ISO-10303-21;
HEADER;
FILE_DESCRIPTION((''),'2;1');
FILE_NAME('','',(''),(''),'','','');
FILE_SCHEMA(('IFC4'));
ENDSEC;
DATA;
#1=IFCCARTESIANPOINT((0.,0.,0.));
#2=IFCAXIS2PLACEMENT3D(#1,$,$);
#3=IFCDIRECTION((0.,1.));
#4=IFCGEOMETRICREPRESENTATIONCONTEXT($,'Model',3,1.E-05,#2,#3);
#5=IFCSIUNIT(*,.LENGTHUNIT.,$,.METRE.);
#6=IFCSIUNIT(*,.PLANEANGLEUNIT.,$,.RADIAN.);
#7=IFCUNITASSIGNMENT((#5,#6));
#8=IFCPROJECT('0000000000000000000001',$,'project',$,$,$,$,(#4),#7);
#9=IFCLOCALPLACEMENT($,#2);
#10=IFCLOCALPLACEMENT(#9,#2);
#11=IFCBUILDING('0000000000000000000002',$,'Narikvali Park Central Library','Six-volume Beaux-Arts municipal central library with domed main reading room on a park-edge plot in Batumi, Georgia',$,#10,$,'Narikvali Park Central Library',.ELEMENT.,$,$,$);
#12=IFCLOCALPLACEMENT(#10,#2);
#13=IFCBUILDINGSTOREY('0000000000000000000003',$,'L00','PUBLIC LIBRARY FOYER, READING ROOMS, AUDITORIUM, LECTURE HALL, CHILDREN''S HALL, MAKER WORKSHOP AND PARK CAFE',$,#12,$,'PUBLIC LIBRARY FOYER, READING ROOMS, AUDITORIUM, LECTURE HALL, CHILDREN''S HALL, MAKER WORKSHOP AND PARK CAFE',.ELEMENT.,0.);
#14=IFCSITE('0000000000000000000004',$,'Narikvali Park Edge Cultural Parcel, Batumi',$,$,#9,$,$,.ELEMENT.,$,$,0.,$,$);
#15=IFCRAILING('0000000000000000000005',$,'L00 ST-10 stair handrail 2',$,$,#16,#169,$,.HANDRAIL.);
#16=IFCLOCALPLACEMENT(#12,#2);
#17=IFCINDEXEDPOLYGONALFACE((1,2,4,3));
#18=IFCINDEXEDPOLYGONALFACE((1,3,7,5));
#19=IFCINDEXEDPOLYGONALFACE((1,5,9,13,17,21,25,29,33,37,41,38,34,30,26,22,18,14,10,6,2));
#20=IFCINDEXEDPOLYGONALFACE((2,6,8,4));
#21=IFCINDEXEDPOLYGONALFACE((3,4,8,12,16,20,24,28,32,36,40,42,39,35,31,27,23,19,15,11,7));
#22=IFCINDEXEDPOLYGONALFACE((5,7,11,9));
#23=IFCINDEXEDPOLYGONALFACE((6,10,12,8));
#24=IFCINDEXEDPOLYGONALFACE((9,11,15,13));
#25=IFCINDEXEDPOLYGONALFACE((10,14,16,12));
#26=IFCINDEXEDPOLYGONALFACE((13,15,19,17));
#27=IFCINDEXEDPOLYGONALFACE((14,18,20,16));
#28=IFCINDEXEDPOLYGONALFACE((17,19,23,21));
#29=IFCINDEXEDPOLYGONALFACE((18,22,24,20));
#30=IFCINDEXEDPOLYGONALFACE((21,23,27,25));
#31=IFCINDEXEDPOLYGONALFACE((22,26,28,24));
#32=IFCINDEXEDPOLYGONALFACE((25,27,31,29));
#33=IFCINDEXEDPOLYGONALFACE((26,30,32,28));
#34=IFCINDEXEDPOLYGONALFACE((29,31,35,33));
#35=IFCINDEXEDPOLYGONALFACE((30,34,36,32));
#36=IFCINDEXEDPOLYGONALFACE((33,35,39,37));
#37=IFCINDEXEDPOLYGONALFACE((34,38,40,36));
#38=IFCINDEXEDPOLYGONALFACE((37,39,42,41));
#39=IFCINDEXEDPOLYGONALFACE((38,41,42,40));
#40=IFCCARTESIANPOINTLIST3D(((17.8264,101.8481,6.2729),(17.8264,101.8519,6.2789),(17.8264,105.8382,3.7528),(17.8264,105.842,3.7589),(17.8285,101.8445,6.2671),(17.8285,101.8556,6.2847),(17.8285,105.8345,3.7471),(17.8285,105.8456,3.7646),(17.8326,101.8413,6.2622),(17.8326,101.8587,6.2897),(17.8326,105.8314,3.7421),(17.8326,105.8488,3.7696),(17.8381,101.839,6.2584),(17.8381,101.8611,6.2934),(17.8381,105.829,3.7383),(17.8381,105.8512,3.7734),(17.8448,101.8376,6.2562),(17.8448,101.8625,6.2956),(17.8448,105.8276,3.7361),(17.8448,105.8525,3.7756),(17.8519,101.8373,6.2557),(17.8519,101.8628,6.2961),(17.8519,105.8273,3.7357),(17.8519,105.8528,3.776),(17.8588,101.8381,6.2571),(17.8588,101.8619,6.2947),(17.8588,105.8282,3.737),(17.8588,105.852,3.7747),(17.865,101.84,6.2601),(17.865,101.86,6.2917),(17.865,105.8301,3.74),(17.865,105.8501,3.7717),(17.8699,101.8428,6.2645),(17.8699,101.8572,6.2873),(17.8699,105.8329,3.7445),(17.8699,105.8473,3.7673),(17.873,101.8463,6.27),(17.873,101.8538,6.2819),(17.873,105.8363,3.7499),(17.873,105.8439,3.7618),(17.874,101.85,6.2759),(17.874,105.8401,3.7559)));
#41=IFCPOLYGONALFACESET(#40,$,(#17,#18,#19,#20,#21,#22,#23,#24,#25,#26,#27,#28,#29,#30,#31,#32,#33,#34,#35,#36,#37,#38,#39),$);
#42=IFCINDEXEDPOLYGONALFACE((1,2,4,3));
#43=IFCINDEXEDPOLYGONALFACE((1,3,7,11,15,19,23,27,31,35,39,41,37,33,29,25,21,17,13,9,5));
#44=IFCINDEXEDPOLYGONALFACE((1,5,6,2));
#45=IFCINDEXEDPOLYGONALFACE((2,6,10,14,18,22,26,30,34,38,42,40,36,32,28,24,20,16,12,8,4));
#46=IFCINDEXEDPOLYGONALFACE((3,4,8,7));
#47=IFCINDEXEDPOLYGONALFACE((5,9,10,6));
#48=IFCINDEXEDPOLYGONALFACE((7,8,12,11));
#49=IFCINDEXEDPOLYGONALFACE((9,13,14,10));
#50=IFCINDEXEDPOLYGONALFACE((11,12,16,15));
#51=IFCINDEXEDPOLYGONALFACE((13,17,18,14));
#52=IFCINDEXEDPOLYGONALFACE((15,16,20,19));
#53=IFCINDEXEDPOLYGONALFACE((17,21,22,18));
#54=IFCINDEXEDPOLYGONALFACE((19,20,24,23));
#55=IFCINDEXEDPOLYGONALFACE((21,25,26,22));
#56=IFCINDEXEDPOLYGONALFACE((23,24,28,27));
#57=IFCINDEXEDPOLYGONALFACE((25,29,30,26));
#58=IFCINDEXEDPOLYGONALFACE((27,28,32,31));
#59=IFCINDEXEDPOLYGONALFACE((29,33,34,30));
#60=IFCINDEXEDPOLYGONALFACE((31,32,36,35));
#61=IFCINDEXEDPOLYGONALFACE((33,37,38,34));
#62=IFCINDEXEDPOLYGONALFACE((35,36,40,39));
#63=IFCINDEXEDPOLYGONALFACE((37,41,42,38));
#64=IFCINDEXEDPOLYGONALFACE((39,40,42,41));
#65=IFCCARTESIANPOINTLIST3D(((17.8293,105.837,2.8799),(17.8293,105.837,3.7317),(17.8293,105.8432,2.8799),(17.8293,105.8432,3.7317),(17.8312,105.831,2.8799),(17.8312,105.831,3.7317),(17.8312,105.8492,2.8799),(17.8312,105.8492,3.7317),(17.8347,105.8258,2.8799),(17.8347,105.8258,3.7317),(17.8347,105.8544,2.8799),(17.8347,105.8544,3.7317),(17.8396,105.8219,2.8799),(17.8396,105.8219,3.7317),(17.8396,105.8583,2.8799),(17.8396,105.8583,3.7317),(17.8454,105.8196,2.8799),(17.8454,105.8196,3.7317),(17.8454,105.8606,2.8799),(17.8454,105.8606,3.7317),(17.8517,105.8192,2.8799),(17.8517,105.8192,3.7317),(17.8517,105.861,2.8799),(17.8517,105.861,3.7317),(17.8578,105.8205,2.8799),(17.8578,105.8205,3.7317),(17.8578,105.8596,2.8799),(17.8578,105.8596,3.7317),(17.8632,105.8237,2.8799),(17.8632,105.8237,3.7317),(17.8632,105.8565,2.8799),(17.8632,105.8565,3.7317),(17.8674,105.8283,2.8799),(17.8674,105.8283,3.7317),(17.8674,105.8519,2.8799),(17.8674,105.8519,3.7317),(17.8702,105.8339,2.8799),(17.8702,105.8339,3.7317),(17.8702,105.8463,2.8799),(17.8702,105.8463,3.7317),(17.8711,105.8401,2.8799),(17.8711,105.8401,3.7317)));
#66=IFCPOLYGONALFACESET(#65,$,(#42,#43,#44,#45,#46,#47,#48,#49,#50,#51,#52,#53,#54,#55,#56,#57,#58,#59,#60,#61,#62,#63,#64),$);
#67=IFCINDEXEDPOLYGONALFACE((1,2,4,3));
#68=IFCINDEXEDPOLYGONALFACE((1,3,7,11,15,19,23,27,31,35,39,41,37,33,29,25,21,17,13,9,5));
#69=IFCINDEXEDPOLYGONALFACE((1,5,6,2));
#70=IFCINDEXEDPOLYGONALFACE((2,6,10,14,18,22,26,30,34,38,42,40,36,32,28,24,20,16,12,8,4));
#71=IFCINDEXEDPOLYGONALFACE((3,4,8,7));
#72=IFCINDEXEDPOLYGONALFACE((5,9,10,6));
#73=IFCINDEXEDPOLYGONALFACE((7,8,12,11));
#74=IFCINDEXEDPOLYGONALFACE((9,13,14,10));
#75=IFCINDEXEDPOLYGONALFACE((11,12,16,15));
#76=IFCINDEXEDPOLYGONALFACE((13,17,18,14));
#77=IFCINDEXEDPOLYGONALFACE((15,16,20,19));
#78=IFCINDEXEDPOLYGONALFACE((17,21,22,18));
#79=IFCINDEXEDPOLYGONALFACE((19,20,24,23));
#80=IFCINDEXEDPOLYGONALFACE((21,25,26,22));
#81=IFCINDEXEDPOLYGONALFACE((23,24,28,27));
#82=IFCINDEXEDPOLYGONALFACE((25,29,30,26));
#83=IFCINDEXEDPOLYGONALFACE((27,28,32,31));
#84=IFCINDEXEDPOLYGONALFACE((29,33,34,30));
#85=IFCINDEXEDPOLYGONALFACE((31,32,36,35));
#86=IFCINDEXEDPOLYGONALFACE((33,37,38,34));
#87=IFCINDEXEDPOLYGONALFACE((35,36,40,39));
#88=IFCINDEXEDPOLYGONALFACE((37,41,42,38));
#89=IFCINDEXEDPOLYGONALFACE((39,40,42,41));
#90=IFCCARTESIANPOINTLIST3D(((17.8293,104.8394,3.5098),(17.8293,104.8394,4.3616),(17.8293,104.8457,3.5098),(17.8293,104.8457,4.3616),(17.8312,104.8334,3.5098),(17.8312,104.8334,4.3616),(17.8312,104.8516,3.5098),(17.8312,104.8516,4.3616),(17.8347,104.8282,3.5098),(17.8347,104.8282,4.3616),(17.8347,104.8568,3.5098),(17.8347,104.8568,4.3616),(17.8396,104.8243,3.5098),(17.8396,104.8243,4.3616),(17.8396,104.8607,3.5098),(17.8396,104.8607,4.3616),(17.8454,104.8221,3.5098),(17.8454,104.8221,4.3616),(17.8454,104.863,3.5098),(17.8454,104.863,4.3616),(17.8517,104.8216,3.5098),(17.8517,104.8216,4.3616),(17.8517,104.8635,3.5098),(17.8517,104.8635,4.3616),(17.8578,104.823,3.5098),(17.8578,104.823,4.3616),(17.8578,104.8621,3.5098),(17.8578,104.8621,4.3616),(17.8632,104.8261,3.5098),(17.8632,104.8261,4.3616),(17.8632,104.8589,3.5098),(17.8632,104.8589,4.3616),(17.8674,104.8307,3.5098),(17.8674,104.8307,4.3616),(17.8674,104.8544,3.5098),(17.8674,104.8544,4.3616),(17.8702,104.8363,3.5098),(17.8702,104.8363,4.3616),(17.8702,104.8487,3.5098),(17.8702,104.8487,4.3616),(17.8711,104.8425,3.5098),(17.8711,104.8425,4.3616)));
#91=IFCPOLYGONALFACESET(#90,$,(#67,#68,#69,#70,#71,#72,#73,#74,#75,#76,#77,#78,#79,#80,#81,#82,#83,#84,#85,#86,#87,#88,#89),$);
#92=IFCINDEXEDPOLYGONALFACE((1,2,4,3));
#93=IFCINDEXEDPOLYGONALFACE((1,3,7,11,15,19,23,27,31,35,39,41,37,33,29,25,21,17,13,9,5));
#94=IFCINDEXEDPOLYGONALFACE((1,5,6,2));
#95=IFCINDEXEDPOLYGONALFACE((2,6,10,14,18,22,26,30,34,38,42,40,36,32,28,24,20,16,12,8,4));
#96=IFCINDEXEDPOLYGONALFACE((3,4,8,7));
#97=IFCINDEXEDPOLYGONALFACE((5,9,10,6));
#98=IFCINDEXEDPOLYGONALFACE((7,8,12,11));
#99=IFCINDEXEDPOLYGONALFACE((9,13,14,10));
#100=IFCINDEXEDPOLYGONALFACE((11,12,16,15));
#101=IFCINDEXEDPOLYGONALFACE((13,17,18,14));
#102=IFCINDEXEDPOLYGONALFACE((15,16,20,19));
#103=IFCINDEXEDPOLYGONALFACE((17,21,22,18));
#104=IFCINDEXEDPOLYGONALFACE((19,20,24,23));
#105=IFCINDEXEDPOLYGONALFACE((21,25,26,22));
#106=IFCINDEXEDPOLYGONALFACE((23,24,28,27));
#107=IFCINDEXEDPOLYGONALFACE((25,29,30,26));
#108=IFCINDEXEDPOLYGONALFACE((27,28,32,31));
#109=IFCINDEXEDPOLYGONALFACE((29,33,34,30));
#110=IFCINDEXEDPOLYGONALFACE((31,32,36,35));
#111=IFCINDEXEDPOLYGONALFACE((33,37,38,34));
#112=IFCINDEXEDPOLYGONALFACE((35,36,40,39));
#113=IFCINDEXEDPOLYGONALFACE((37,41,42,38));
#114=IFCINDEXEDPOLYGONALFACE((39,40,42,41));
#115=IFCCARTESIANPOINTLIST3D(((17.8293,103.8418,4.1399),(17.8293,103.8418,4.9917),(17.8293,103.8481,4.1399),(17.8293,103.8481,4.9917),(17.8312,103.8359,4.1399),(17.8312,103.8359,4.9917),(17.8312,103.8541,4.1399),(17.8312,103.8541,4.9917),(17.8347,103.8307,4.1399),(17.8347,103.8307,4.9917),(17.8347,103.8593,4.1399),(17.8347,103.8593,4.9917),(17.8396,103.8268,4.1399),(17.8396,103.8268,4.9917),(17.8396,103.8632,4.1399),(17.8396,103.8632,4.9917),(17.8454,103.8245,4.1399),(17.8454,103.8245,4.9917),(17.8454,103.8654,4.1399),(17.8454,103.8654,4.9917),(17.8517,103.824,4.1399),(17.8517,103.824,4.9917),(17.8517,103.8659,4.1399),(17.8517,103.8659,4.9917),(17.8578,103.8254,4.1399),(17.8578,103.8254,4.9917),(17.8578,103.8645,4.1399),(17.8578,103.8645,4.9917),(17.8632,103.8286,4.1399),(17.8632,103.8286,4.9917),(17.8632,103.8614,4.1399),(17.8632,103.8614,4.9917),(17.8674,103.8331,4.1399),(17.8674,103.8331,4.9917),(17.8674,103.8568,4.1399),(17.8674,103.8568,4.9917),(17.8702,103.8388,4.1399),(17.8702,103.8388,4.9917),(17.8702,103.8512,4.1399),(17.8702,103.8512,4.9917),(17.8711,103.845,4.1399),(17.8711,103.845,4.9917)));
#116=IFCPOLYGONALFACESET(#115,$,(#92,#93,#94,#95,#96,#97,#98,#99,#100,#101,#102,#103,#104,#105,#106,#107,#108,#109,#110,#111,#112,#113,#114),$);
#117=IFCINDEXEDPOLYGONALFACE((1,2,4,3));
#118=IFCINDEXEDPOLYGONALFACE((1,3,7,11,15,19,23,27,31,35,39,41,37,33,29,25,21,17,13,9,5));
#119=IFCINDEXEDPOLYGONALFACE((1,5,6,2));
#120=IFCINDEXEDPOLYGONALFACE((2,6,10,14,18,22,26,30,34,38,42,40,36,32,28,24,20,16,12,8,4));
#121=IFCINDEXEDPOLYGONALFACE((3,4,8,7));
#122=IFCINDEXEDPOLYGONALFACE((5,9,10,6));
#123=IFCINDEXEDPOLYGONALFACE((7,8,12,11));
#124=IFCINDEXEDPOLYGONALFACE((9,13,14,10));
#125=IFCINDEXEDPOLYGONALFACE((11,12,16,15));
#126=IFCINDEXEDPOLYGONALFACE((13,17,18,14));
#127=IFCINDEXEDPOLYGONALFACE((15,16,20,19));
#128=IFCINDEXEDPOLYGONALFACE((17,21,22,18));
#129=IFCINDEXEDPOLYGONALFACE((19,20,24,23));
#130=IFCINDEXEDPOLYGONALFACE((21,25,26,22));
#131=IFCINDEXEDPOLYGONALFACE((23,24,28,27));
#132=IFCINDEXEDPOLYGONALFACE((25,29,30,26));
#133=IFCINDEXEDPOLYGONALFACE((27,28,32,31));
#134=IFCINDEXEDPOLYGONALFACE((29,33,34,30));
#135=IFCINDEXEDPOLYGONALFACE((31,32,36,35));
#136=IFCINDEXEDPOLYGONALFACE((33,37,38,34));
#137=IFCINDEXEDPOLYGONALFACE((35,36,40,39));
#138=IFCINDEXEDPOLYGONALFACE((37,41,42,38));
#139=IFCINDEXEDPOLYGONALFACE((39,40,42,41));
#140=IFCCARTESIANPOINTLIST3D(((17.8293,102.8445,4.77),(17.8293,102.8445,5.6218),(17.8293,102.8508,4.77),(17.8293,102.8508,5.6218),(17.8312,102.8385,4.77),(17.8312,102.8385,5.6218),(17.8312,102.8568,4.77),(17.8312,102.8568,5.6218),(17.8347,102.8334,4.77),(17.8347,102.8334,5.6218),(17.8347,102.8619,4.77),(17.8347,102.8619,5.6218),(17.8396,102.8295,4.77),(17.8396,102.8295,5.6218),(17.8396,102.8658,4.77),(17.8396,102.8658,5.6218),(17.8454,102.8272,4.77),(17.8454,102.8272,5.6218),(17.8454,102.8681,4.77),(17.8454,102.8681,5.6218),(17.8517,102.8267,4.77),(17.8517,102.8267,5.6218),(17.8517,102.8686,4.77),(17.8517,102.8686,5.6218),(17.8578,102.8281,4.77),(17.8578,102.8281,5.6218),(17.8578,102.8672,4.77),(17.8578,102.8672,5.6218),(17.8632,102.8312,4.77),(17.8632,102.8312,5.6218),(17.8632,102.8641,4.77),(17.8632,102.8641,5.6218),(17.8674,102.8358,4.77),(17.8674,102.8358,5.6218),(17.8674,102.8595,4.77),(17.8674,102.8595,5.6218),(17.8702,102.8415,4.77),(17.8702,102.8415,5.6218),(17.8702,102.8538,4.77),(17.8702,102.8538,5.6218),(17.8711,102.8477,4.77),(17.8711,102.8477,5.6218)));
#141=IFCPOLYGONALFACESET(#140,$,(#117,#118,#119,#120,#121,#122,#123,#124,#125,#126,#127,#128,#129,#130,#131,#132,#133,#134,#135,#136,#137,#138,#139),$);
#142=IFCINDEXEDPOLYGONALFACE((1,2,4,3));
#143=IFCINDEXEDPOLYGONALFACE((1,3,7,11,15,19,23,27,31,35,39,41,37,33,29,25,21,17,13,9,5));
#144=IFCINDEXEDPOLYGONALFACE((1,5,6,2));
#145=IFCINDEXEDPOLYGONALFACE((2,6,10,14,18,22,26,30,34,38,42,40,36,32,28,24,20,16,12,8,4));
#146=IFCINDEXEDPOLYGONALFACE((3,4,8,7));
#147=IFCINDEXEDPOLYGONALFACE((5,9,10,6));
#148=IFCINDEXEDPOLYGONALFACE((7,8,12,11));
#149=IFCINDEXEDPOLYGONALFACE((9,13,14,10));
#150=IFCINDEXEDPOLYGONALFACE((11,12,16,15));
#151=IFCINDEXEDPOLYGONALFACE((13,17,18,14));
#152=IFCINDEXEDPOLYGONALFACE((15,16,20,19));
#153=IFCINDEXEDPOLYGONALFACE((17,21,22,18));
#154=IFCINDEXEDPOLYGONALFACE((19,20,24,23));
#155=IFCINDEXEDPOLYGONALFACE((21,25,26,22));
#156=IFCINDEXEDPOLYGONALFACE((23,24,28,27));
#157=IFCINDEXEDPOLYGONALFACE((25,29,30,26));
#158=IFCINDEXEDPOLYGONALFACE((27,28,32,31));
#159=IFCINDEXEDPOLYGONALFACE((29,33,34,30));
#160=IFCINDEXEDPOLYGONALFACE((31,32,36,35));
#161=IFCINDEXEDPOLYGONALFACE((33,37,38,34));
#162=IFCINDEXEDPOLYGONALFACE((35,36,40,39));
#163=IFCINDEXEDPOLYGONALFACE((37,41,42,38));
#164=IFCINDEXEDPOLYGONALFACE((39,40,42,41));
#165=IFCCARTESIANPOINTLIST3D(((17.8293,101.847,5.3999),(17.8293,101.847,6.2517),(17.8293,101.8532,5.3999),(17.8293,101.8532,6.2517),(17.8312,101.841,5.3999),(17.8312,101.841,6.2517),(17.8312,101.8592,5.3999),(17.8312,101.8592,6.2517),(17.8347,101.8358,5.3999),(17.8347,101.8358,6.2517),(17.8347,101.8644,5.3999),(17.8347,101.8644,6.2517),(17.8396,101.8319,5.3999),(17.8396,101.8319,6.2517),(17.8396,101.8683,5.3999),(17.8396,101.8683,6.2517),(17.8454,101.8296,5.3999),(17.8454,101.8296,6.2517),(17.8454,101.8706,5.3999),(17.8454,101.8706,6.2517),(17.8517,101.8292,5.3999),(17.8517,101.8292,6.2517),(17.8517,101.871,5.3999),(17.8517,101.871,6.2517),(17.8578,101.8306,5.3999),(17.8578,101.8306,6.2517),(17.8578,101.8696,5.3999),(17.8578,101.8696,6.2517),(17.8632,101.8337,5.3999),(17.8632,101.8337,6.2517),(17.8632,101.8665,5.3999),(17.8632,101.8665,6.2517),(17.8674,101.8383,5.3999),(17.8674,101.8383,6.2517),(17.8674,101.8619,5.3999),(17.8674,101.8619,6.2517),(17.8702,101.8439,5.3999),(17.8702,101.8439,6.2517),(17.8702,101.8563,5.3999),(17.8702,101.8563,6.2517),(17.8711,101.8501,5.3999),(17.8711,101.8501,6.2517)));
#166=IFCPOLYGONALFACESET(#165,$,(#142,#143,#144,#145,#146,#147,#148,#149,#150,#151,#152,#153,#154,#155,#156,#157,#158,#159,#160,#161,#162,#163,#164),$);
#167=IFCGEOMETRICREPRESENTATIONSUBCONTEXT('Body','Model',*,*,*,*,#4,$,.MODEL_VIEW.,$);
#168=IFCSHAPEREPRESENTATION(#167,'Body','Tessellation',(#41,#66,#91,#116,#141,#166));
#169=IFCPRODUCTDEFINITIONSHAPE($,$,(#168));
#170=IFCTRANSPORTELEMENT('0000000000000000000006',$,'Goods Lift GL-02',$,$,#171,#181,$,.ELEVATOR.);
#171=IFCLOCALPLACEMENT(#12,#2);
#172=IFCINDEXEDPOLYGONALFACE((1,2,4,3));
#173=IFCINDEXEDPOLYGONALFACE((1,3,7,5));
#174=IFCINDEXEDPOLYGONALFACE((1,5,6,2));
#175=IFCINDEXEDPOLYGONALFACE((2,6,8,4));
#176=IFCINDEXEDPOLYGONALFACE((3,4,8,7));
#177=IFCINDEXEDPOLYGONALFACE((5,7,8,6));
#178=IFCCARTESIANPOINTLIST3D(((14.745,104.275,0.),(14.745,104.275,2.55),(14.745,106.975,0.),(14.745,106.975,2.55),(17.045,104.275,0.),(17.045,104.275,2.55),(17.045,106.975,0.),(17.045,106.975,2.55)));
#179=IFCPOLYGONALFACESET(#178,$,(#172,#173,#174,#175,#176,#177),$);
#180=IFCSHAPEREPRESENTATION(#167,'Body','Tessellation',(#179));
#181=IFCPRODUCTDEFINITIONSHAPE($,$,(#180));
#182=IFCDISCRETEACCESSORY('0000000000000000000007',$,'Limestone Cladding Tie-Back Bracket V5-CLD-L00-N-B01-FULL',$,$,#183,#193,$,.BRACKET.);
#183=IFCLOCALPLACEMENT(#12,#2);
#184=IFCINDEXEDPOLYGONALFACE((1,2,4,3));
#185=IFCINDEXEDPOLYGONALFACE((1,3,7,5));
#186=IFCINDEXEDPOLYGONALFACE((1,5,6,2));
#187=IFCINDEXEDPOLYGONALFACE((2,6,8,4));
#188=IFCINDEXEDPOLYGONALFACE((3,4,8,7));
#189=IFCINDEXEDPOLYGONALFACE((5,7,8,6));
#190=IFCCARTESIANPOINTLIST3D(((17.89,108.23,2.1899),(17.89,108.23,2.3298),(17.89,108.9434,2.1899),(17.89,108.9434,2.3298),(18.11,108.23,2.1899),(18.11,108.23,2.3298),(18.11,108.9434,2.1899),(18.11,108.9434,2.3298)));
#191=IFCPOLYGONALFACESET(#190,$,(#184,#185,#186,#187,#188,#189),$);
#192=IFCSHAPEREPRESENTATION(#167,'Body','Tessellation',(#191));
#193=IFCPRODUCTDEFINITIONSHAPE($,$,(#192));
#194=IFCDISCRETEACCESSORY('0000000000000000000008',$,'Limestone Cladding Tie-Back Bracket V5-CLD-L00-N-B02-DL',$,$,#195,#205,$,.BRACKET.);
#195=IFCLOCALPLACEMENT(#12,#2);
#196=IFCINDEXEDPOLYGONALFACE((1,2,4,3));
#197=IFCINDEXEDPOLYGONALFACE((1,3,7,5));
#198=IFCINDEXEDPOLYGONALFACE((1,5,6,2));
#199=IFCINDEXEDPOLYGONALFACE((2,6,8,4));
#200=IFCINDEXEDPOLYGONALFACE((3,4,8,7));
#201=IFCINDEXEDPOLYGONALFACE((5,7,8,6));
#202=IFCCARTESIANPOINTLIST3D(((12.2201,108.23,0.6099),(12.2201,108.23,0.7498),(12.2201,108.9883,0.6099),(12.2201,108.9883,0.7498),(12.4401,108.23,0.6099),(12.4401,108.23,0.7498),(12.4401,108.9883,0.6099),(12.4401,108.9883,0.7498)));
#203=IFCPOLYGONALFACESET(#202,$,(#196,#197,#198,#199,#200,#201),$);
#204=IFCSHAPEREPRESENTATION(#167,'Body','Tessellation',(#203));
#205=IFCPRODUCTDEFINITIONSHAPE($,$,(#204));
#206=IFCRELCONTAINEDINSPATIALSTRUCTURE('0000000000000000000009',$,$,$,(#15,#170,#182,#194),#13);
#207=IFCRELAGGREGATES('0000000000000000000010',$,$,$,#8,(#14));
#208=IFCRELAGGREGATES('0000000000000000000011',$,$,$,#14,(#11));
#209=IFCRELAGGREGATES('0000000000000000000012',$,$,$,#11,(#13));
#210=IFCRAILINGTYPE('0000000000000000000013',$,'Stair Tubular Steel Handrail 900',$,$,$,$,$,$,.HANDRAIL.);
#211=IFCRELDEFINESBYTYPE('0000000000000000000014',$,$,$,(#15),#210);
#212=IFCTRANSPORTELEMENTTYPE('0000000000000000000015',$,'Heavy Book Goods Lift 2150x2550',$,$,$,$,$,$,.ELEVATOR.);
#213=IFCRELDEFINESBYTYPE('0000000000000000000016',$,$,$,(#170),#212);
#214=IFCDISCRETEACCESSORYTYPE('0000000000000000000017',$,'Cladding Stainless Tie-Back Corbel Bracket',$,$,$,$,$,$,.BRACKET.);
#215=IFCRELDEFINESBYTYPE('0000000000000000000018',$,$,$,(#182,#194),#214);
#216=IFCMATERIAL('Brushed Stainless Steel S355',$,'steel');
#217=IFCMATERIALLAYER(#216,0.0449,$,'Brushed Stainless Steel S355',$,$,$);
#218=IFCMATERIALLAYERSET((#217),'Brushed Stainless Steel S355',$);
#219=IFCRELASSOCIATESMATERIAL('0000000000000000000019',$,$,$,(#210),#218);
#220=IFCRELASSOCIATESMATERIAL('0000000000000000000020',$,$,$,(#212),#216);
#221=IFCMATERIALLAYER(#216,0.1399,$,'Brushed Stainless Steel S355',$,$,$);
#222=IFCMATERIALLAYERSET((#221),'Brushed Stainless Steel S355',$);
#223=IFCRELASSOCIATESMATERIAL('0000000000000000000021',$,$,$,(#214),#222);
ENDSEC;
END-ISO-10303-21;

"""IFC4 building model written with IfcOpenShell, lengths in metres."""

from ifc_helpers import new_model, si_unit, direction, frame, origin, origin_2d, place, context, subcontext, project, spatial, rectangle, circle, extrude, material, layer, layer_set, type_object, element, save


model = new_model("IFC4")

# Units and contexts
model_context = context("Model", 3, precision=1e-05, world=origin(), true_north=direction((0.0, 1.0)))
body_context = subcontext(model_context, "Body", "Model", "MODEL_VIEW")
ifc_project = project(units=[si_unit("LENGTHUNIT", "METRE"), si_unit("PLANEANGLEUNIT", "RADIAN")], contexts=[model_context])

# Site, building, storey
site_placement = place(None, origin())
site = spatial("IfcSite", under=ifc_project, at=site_placement, Name="Narikvali Park Edge Cultural Parcel, Batumi", CompositionType="ELEMENT", RefElevation=0.0)
building_placement = place(site_placement, origin())
building = spatial("IfcBuilding", under=site, at=building_placement, Name="Narikvali Park Central Library", Description="Six-volume Beaux-Arts municipal central library with domed main reading room on a park-edge plot in Batumi, Georgia", LongName="Narikvali Park Central Library", CompositionType="ELEMENT")
storey_placement = place(building_placement, origin())
storey = spatial("IfcBuildingStorey", under=building, at=storey_placement, Name="L00", Description="PUBLIC LIBRARY FOYER, READING ROOMS, AUDITORIUM, LECTURE HALL, CHILDREN'S HALL, MAKER WORKSHOP AND PARK CAFE", LongName="PUBLIC LIBRARY FOYER, READING ROOMS, AUDITORIUM, LECTURE HALL, CHILDREN'S HALL, MAKER WORKSHOP AND PARK CAFE", CompositionType="ELEMENT", Elevation=0.0)

# Shared definitions
ifc_material_1 = material(Name="Brushed Stainless Steel S355", Category="steel")

# Railing
ifc_layer_1 = layer(ifc_material_1, 0.0449, Name="Brushed Stainless Steel S355")
ifc_layer_set_1 = layer_set([ifc_layer_1], Name="Brushed Stainless Steel S355")
railing_type = type_object("IfcRailingType", Name="Stair Tubular Steel Handrail 900", PredefinedType="HANDRAIL", material=ifc_layer_set_1)
railing_placement = place(storey_placement, frame((17.8501, 105.8401, 2.8799)))
element("IfcRailing", 1, at=railing_placement, inside=storey, type_object=railing_type, Name="L00 ST-10 stair handrail 2", PredefinedType="HANDRAIL", context=body_context, shape_type="SweptSolid", body=[
    extrude(circle(Radius=0.0239, at=origin_2d()), frame((0.0, 0.0, 0.876), z_axis=(0.0, -0.845486, 0.533997), x_axis=(1.0, 0.0, 0.0)), (0.0, 0.0, 1.0), 4.7192),
    extrude(circle(Radius=0.021, at=origin_2d()), origin(), (0.0, 0.0, 1.0), 0.8518),
    extrude(circle(Radius=0.021, at=origin_2d()), frame((0.0, -0.9976, 0.6299)), (0.0, 0.0, 1.0), 0.8518),
    extrude(circle(Radius=0.021, at=origin_2d()), frame((0.0, -1.9951, 1.26)), (0.0, 0.0, 1.0), 0.8518),
    extrude(circle(Radius=0.021, at=origin_2d()), frame((0.0, -2.9924, 1.8901)), (0.0, 0.0, 1.0), 0.8518),
    extrude(circle(Radius=0.021, at=origin_2d()), frame((0.0, -3.99, 2.52)), (0.0, 0.0, 1.0), 0.8518),
])

# Transport element
transport_element_type = type_object("IfcTransportElementType", Name="Heavy Book Goods Lift 2150x2550", PredefinedType="ELEVATOR", material=ifc_material_1)
transport_element_placement = place(storey_placement, frame((15.895, 105.625, 0.0), z_axis=(0.0, 0.0, 1.0), x_axis=(1.0, 0.0, 0.0)))
element("IfcTransportElement", 2, at=transport_element_placement, inside=storey, type_object=transport_element_type, Name="Goods Lift GL-02", PredefinedType="ELEVATOR", context=body_context, shape_type="SweptSolid", body=[
    extrude(rectangle(XDim=2.3, YDim=2.7, at=origin_2d()), origin(), (0.0, 0.0, 1.0), 2.55),
])

# Discrete accessories
ifc_layer_2 = layer(ifc_material_1, 0.1399, Name="Brushed Stainless Steel S355")
ifc_layer_set_2 = layer_set([ifc_layer_2], Name="Brushed Stainless Steel S355")
discrete_accessory_type = type_object("IfcDiscreteAccessoryType", Name="Cladding Stainless Tie-Back Corbel Bracket", PredefinedType="BRACKET", material=ifc_layer_set_2)
discrete_accessory_1_placement = place(storey_placement, frame((18.0, 108.5867, 2.1899), z_axis=(0.0, 0.0, 1.0), x_axis=(1.0, 0.0, 0.0)))
element("IfcDiscreteAccessory", 3, at=discrete_accessory_1_placement, inside=storey, type_object=discrete_accessory_type, Name="Limestone Cladding Tie-Back Bracket V5-CLD-L00-N-B01-FULL", PredefinedType="BRACKET", context=body_context, shape_type="SweptSolid", body=[
    extrude(rectangle(XDim=0.22, YDim=0.7134, at=origin_2d()), origin(), (0.0, 0.0, 1.0), 0.1399),
])
for number, where, z_axis, x_axis, name in (
    (4, (12.3301, 108.6091, 0.6099), (0.0, 0.0, 1.0), (1.0, 0.0, 0.0), "Limestone Cladding Tie-Back Bracket V5-CLD-L00-N-B02-DL"),
):
    element("IfcDiscreteAccessory", number, at=place(storey_placement, frame(where, z_axis=z_axis, x_axis=x_axis)), inside=storey, type_object=discrete_accessory_type, Name=name, PredefinedType="BRACKET", context=body_context, shape_type="SweptSolid", body=[
        extrude(rectangle(XDim=0.22, YDim=0.7583, at=origin_2d()), origin(), (0.0, 0.0, 1.0), 0.1399),
    ])

save(model, "model.ifc")
